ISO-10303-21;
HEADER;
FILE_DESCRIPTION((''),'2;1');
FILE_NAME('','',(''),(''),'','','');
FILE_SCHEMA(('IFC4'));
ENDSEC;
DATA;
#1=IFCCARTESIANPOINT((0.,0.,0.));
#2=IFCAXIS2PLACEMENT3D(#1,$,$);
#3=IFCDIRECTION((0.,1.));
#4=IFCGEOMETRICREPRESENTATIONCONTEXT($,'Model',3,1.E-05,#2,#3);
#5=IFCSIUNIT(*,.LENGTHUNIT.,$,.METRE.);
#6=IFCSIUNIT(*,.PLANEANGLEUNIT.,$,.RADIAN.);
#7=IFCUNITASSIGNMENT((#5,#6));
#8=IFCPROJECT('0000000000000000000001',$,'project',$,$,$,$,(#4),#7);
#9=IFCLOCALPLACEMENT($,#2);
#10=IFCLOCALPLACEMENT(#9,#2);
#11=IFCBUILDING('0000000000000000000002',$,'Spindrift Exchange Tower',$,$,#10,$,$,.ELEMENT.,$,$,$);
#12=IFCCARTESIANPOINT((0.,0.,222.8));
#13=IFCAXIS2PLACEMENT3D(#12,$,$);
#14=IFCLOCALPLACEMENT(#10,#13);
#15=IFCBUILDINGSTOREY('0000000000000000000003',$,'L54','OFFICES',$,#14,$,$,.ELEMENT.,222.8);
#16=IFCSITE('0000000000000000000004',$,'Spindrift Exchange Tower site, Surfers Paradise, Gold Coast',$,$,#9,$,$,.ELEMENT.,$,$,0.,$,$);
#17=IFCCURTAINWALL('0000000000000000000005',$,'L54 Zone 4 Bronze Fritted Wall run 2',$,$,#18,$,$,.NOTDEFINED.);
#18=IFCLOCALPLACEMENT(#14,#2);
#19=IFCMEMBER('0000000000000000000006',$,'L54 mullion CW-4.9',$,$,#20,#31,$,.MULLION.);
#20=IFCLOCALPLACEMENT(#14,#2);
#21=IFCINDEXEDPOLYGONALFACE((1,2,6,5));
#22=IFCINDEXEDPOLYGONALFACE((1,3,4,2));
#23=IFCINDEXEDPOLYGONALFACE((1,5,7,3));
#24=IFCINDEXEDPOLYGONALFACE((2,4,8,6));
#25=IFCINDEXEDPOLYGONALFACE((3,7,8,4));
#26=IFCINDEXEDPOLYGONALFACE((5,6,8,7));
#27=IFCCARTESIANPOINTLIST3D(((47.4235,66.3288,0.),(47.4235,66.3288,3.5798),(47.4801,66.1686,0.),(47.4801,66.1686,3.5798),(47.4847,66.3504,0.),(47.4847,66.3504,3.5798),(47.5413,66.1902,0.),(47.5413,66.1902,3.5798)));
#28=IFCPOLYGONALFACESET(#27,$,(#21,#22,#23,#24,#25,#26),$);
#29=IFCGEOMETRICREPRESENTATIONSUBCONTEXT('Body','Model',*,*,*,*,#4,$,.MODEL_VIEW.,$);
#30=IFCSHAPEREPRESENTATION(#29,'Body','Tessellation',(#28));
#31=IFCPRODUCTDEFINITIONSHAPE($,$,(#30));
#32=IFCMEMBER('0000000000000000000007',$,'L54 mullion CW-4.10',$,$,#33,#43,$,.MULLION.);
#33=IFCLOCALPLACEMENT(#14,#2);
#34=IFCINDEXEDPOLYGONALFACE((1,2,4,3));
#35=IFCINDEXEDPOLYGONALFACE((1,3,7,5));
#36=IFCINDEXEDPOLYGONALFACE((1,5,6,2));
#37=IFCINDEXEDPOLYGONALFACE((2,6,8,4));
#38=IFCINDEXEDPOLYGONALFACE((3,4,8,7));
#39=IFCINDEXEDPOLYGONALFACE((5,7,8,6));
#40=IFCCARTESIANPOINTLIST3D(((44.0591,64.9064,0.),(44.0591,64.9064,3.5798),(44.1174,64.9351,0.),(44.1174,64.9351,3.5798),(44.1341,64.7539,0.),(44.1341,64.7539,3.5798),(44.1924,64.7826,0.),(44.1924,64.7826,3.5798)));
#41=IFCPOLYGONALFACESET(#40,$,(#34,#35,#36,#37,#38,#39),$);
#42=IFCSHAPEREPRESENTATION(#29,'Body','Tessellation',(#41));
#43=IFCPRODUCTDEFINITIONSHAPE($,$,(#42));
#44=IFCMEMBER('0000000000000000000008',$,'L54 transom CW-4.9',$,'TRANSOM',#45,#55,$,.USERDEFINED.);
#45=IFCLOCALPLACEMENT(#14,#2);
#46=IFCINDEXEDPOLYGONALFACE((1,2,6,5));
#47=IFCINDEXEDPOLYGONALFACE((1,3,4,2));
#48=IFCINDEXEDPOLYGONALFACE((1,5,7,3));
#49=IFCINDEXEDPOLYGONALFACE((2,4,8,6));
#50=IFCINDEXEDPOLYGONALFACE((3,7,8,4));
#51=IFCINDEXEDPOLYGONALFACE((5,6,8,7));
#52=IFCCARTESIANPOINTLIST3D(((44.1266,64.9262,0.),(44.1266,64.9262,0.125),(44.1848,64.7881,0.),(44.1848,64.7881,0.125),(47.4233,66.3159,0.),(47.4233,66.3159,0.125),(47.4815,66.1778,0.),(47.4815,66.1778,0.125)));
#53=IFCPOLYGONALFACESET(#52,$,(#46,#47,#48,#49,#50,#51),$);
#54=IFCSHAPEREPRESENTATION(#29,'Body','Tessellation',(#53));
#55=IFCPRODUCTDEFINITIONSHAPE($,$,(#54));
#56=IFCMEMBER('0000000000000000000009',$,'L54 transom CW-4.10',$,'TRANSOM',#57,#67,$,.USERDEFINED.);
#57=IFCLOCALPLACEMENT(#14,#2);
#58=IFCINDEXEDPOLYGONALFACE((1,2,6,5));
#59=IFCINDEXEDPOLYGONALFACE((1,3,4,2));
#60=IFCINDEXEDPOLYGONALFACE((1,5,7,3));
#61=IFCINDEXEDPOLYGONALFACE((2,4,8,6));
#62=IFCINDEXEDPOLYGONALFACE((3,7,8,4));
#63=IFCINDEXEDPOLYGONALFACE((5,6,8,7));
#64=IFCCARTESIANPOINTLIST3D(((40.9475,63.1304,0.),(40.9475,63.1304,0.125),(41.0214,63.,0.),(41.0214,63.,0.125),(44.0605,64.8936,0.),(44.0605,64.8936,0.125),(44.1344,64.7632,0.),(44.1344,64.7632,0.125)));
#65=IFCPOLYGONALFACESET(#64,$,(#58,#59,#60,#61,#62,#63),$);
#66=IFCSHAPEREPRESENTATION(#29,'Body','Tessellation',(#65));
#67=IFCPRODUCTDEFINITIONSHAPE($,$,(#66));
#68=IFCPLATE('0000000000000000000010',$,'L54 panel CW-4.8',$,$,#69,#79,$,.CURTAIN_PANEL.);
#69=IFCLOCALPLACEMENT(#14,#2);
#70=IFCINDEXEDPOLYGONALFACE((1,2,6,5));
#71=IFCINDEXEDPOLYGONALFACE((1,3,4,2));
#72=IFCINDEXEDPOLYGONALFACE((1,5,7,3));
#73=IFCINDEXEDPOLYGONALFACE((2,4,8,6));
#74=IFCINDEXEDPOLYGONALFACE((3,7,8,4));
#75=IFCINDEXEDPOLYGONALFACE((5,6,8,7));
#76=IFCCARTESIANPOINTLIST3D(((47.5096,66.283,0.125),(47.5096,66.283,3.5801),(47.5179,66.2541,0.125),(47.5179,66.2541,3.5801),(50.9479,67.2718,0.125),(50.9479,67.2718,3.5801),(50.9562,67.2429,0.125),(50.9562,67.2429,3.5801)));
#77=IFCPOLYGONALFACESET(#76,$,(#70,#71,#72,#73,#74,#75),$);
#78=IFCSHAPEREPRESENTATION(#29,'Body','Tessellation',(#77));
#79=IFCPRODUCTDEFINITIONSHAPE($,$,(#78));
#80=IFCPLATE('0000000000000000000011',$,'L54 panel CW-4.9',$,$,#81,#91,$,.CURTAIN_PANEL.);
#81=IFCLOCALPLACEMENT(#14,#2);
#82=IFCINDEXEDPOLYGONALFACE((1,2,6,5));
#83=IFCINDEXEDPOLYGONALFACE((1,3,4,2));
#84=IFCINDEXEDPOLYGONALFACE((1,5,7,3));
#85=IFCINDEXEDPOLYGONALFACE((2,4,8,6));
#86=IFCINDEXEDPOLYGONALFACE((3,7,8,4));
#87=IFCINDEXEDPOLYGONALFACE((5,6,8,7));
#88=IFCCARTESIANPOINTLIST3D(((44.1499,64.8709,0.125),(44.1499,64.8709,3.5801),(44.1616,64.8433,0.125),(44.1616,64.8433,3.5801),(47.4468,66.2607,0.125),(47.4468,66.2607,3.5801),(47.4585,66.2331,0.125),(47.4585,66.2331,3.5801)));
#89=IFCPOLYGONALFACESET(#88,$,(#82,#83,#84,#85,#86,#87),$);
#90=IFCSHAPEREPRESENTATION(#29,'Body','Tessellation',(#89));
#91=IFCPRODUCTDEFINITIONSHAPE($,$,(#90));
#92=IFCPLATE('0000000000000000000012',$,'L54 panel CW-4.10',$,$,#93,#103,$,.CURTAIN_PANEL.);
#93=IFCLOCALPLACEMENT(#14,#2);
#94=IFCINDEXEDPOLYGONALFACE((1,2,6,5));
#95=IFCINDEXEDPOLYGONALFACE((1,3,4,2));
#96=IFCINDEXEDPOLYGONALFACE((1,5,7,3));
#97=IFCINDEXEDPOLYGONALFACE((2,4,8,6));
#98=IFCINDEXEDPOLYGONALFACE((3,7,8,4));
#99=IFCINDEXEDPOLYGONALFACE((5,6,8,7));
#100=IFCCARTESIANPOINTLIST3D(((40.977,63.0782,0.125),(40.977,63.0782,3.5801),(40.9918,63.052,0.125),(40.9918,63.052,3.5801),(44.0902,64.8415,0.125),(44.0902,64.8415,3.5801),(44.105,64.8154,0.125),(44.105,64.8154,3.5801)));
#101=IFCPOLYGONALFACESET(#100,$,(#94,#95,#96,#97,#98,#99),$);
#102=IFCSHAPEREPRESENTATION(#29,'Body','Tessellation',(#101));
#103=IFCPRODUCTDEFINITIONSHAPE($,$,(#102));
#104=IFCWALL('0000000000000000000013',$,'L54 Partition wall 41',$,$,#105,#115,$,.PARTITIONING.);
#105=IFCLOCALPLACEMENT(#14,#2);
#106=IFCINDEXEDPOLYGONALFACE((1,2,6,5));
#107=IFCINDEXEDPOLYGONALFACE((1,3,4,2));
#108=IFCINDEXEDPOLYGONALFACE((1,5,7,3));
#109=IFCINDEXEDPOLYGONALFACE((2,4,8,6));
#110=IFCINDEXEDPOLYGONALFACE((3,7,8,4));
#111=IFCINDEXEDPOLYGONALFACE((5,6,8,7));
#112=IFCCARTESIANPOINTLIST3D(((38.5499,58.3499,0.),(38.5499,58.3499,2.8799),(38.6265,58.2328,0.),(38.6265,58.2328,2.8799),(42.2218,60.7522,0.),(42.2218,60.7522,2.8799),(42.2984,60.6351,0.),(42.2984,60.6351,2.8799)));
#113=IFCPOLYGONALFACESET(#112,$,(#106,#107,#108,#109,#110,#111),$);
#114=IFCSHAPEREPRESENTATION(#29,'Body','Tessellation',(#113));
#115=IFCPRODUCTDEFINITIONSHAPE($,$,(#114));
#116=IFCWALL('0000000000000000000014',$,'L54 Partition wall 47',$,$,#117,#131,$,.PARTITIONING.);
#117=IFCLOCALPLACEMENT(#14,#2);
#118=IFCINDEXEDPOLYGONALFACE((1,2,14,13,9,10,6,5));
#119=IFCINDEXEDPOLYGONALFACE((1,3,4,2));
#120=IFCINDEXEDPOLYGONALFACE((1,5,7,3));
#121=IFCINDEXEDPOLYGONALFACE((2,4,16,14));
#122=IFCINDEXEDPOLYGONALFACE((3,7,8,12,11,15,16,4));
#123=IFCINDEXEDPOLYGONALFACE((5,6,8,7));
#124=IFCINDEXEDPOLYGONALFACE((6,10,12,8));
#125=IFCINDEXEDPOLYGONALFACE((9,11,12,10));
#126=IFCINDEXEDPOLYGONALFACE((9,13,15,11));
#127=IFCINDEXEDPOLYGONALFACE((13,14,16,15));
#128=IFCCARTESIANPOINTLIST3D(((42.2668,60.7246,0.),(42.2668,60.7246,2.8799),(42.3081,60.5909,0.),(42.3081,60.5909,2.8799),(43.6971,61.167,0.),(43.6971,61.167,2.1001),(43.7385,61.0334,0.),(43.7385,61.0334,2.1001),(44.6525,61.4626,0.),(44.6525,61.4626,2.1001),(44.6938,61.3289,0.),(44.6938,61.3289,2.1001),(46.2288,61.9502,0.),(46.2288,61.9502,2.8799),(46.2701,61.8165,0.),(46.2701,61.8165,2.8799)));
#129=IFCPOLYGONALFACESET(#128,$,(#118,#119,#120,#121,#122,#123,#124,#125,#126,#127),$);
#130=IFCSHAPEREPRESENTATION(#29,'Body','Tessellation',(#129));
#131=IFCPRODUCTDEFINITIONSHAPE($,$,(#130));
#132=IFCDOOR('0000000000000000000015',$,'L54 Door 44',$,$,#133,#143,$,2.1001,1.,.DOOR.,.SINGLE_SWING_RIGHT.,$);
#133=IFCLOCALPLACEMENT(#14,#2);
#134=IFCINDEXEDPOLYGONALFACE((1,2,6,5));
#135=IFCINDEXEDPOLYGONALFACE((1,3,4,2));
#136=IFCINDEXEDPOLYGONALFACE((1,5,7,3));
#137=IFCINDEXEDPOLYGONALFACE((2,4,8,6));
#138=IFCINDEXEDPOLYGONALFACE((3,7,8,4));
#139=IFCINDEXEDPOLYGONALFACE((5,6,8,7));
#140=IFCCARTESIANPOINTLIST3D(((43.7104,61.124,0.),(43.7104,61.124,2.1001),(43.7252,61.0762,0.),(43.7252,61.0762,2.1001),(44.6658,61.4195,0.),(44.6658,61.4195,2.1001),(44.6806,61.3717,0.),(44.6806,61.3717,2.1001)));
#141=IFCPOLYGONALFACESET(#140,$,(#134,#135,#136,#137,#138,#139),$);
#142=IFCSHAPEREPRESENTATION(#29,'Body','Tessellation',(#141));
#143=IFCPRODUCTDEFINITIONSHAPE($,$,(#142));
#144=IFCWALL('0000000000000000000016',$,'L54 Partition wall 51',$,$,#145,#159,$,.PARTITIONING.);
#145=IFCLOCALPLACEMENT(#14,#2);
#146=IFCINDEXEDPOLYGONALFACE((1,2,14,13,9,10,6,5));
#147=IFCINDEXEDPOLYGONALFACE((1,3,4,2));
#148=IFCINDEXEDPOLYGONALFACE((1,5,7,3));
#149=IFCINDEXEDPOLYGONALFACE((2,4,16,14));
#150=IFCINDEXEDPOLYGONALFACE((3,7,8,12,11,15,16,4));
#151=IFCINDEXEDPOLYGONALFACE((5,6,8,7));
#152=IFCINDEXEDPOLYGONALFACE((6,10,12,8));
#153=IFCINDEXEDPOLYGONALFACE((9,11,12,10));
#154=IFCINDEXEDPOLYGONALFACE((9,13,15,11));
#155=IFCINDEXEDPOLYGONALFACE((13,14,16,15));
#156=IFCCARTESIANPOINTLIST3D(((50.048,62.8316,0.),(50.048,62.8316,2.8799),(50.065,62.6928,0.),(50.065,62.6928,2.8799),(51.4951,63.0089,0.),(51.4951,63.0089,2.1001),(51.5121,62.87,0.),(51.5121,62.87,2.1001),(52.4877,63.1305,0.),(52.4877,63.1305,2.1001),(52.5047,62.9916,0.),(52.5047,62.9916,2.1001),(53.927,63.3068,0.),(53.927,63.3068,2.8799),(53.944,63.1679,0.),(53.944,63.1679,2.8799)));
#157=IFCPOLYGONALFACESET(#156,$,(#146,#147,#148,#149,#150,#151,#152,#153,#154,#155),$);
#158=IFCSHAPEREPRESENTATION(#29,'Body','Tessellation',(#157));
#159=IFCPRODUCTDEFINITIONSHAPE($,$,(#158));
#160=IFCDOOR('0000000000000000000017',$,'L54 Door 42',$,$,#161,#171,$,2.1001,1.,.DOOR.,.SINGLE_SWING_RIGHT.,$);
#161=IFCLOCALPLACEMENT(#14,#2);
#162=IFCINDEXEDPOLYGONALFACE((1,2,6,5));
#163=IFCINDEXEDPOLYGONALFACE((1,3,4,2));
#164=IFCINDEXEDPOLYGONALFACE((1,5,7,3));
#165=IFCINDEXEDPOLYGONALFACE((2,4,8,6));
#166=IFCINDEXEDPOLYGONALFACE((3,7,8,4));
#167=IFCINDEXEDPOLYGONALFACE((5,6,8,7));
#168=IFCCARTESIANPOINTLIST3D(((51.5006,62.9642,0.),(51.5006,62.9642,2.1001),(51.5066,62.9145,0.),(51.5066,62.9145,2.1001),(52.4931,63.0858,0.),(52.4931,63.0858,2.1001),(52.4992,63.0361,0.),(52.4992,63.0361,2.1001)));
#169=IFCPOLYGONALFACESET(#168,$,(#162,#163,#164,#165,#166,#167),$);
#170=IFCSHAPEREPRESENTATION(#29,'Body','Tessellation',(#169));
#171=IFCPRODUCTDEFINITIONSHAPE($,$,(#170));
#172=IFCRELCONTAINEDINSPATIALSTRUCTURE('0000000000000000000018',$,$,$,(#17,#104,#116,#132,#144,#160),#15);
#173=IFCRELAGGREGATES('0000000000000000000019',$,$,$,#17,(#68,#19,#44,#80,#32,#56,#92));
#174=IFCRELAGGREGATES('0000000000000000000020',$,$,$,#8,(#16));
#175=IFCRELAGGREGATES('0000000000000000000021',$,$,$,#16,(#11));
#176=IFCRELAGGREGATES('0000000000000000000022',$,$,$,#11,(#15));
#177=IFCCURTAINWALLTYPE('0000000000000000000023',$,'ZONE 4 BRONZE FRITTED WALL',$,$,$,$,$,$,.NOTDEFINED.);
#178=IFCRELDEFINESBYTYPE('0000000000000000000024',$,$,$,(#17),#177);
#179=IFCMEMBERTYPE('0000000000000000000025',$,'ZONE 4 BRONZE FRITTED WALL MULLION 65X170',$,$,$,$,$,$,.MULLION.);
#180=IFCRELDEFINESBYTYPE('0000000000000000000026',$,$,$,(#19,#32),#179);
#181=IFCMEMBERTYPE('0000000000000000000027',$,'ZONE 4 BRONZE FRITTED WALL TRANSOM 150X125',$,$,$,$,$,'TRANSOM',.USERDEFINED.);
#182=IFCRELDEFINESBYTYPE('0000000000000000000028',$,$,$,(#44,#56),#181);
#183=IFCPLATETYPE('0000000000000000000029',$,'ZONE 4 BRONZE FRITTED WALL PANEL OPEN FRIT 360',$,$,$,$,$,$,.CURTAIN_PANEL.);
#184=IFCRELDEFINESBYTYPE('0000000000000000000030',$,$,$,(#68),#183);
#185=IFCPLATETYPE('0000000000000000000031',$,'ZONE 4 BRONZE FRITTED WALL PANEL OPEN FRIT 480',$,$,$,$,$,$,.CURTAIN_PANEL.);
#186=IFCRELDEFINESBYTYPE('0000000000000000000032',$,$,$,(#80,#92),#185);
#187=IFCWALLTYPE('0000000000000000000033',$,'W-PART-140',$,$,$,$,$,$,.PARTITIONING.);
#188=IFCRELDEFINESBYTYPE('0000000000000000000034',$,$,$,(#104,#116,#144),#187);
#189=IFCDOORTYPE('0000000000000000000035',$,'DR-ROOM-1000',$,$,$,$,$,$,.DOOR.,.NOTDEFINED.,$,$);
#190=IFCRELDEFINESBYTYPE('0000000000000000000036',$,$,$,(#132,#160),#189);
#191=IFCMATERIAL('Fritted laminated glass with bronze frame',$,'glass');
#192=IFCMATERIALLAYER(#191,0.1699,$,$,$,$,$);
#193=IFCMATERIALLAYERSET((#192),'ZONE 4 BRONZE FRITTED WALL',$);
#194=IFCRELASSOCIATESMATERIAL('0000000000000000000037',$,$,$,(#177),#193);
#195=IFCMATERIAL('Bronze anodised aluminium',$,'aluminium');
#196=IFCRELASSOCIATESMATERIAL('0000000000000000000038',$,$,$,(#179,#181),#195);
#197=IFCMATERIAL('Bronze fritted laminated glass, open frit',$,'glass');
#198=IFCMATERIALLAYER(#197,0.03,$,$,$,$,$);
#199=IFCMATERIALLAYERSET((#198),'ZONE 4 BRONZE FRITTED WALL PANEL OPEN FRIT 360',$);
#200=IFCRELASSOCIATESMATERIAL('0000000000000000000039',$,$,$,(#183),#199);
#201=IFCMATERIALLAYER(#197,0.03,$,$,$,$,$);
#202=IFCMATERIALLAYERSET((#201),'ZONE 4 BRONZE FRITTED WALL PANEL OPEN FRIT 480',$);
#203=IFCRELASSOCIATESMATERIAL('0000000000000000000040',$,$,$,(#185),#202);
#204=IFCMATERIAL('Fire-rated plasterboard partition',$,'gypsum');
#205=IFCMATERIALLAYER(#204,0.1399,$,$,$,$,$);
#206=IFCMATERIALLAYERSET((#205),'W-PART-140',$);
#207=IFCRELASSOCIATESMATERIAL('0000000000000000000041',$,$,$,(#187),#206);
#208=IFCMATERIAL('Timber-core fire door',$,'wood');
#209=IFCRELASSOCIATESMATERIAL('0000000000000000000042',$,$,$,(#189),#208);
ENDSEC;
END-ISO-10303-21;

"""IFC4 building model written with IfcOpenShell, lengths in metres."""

from ifc_helpers import new_model, si_unit, direction, frame, frame_2d, origin, origin_2d, place, context, subcontext, project, spatial, rectangle, extrude, source, transform, mapped, material, layer, layer_set, material_profile, profile_set, type_object, element, fill, aggregate, save


model = new_model("IFC4")

# Units and contexts
model_context = context("Model", 3, precision=1e-05, world=origin(), true_north=direction((0.0, 1.0)))
body_context = subcontext(model_context, "Body", "Model", "MODEL_VIEW")
ifc_project = project(units=[si_unit("LENGTHUNIT", "METRE"), si_unit("PLANEANGLEUNIT", "RADIAN")], contexts=[model_context])

# Site, building, storey
site_placement = place(None, origin())
site = spatial("IfcSite", under=ifc_project, at=site_placement, Name="Spindrift Exchange Tower site, Surfers Paradise, Gold Coast", CompositionType="ELEMENT", RefElevation=0.0)
building_placement = place(site_placement, origin())
building = spatial("IfcBuilding", under=site, at=building_placement, Name="Spindrift Exchange Tower", CompositionType="ELEMENT")
storey_placement = place(building_placement, frame((0.0, 0.0, 222.8)))
storey = spatial("IfcBuildingStorey", under=building, at=storey_placement, Name="L54", Description="OFFICES", CompositionType="ELEMENT", Elevation=222.8)

# Curtain wall, members, plates
ifc_material_1 = material(Name="Fritted laminated glass with bronze frame", Category="glass")
ifc_layer_1 = layer(ifc_material_1, 0.1699)
ifc_layer_set_1 = layer_set([ifc_layer_1], Name="ZONE 4 BRONZE FRITTED WALL")
curtain_wall_type = type_object("IfcCurtainWallType", Name="ZONE 4 BRONZE FRITTED WALL", PredefinedType="NOTDEFINED", material=ifc_layer_set_1)
curtain_wall_placement = place(storey_placement, origin())
curtain_wall = element("IfcCurtainWall", 1, at=curtain_wall_placement, inside=storey, type_object=curtain_wall_type, Name="L54 Zone 4 Bronze Fritted Wall run 2", PredefinedType="NOTDEFINED")
ifc_material_2 = material(Name="Bronze anodised aluminium", Category="aluminium")
ifc_material_profile_1 = material_profile(ifc_material_2, rectangle(XDim=0.0649, YDim=0.1699, at=origin_2d()), Name="ZONE 4 BRONZE FRITTED WALL MULLION 65X170")
ifc_profile_set_1 = profile_set([ifc_material_profile_1], Name="Bronze anodised aluminium")
member_type_1 = type_object("IfcMemberType", Name="ZONE 4 BRONZE FRITTED WALL MULLION 65X170", PredefinedType="MULLION", material=ifc_profile_set_1)
shared_shape_1 = source(origin(), body_context, "Body", "SweptSolid", [
    extrude(rectangle(XDim=0.0649, YDim=0.1699, at=origin_2d()), origin(), (0.0, 0.0, 1.0), 3.5798),
])
member_1_placement = place(storey_placement, frame((47.4824, 66.2595, 0.0), z_axis=(0.0, 0.0, 1.0), x_axis=(-0.942925, -0.333004, 0.0)))
member_1 = element("IfcMember", 2, at=member_1_placement, type_object=member_type_1, Name="L54 mullion CW-4.9", PredefinedType="MULLION", context=body_context, shape_type="MappedRepresentation", body=[
    mapped(shared_shape_1, transform((0.0, 0.0, 0.0), scale=1.0)),
])
member_2_placement = place(storey_placement, frame((44.1257, 64.8445, 0.0), z_axis=(0.0, 0.0, 1.0), x_axis=(-0.897313, -0.441396, 0.0)))
member_2 = element("IfcMember", 3, at=member_2_placement, type_object=member_type_1, Name="L54 mullion CW-4.10", PredefinedType="MULLION", context=body_context, shape_type="MappedRepresentation", body=[
    mapped(shared_shape_1, transform((0.0, 0.0, 0.0), scale=1.0)),
])
ifc_material_profile_2 = material_profile(ifc_material_2, rectangle(XDim=0.1499, YDim=0.125, at=origin_2d()), Name="ZONE 4 BRONZE FRITTED WALL TRANSOM 150X125")
ifc_profile_set_2 = profile_set([ifc_material_profile_2], Name="Bronze anodised aluminium")
member_type_2 = type_object("IfcMemberType", Name="ZONE 4 BRONZE FRITTED WALL TRANSOM 150X125", ElementType="TRANSOM", PredefinedType="USERDEFINED", material=ifc_profile_set_2)
shared_shape_2 = source(origin(), body_context, "Body", "SweptSolid", [
    extrude(rectangle(XDim=0.1499, YDim=0.125, at=origin_2d()), origin(), (0.0, 0.0, 1.0), 3.5776),
])
member_3_placement = place(storey_placement, frame((47.4524, 66.2468, 0.0625), z_axis=(-0.921476, -0.388435, 0.0), x_axis=(0.388435, -0.921476, 0.0)))
member_3 = element("IfcMember", 4, at=member_3_placement, type_object=member_type_2, Name="L54 transom CW-4.9", ObjectType="TRANSOM", PredefinedType="USERDEFINED", context=body_context, shape_type="MappedRepresentation", body=[
    mapped(shared_shape_2, transform((0.0, 0.0, 0.0), scale=1.0)),
])
member_4_placement = place(storey_placement, frame((44.0974, 64.8284, 0.0625), z_axis=(-0.870127, -0.492828, 0.0), x_axis=(0.492828, -0.870127, 0.0)))
member_4 = element("IfcMember", 5, at=member_4_placement, type_object=member_type_2, Name="L54 transom CW-4.10", ObjectType="TRANSOM", PredefinedType="USERDEFINED", context=body_context, shape_type="MappedRepresentation", body=[
    mapped(shared_shape_2, transform((0.0, 0.0, 0.0), scale=1.0)),
])
ifc_material_3 = material(Name="Bronze fritted laminated glass, open frit", Category="glass")
ifc_layer_2 = layer(ifc_material_3, 0.03)
ifc_layer_set_2 = layer_set([ifc_layer_2], Name="ZONE 4 BRONZE FRITTED WALL PANEL OPEN FRIT 360")
plate_type_1 = type_object("IfcPlateType", Name="ZONE 4 BRONZE FRITTED WALL PANEL OPEN FRIT 360", PredefinedType="CURTAIN_PANEL", material=ifc_layer_set_2)
shared_shape_3 = source(origin(), body_context, "Body", "SweptSolid", [
    extrude(rectangle(XDim=3.5776, YDim=0.03, at=origin_2d()), origin(), (0.0, 0.0, 1.0), 3.4551),
])
plate_1_placement = place(storey_placement, frame((49.2329, 66.7629, 0.125), z_axis=(0.0, 0.0, 1.0), x_axis=(-0.961046, -0.276389, 0.0)))
plate_1 = element("IfcPlate", 6, at=plate_1_placement, type_object=plate_type_1, Name="L54 panel CW-4.8", PredefinedType="CURTAIN_PANEL", context=body_context, shape_type="MappedRepresentation", body=[
    mapped(shared_shape_3, transform((0.0, 0.0, 0.0), scale=1.0)),
])
ifc_layer_3 = layer(ifc_material_3, 0.03)
ifc_layer_set_3 = layer_set([ifc_layer_3], Name="ZONE 4 BRONZE FRITTED WALL PANEL OPEN FRIT 480")
plate_type_2 = type_object("IfcPlateType", Name="ZONE 4 BRONZE FRITTED WALL PANEL OPEN FRIT 480", PredefinedType="CURTAIN_PANEL", material=ifc_layer_set_3)
shared_shape_4 = source(origin(), body_context, "Body", "SweptSolid", [
    extrude(rectangle(XDim=3.5779, YDim=0.03, at=origin_2d()), origin(), (0.0, 0.0, 1.0), 3.4551),
])
plate_2_placement = place(storey_placement, frame((45.8042, 65.552, 0.125), z_axis=(0.0, 0.0, 1.0), x_axis=(-0.921473, -0.388442, 0.0)))
plate_2 = element("IfcPlate", 7, at=plate_2_placement, type_object=plate_type_2, Name="L54 panel CW-4.9", PredefinedType="CURTAIN_PANEL", context=body_context, shape_type="MappedRepresentation", body=[
    mapped(shared_shape_4, transform((0.0, 0.0, 0.0), scale=1.0)),
])
plate_3_placement = place(storey_placement, frame((42.541, 63.9468, 0.125), z_axis=(0.0, 0.0, 1.0), x_axis=(-0.870112, -0.492853, 0.0)))
plate_3 = element("IfcPlate", 8, at=plate_3_placement, type_object=plate_type_2, Name="L54 panel CW-4.10", PredefinedType="CURTAIN_PANEL", context=body_context, shape_type="MappedRepresentation", body=[
    mapped(shared_shape_4, transform((0.0, 0.0, 0.0), scale=1.0)),
])
aggregate(curtain_wall, [plate_1, member_1, member_3, plate_2, member_2, member_4, plate_3])

# Wall
ifc_material_4 = material(Name="Fire-rated plasterboard partition", Category="gypsum")
ifc_layer_4 = layer(ifc_material_4, 0.1399)
ifc_layer_set_4 = layer_set([ifc_layer_4], Name="W-PART-140")
wall_type = type_object("IfcWallType", Name="W-PART-140", PredefinedType="PARTITIONING", material=ifc_layer_set_4)
wall_1_placement = place(storey_placement, frame((42.26, 60.6936, 0.0), z_axis=(0.0, 0.0, 1.0), x_axis=(-0.836813, -0.547489, 0.0)))
element("IfcWall", 9, at=wall_1_placement, inside=storey, type_object=wall_type, Name="L54 Partition wall 41", PredefinedType="PARTITIONING", context=body_context, shape_type="SweptSolid", body=[
    extrude(rectangle(XDim=4.3879, YDim=0.1399, at=frame_2d((2.1938, 0.0))), origin(), (0.0, 0.0, 1.0), 2.8799),
])

# Walls, openings, doors
wall_2_placement = place(storey_placement, frame((42.2874, 60.6577, 0.0), z_axis=(0.0, 0.0, 1.0), x_axis=(0.955335, 0.295525, 0.0)))
wall_2 = element("IfcWall", 10, at=wall_2_placement, inside=storey, type_object=wall_type, Name="L54 Partition wall 47", PredefinedType="PARTITIONING", context=body_context, shape_type="SweptSolid", body=[
    extrude(rectangle(XDim=4.1472, YDim=0.1399, at=frame_2d((2.0737, 0.0))), origin(), (0.0, 0.0, 1.0), 2.8799),
])
opening_1_placement = place(wall_2_placement, frame((1.4973, 0.0, 0.0)))
opening_1 = element("IfcOpeningElement", 11, at=opening_1_placement, cuts=wall_2, PredefinedType="OPENING", context=body_context, shape_type="SweptSolid", body=[
    extrude(rectangle(XDim=1.0, YDim=2.1001, at=frame_2d((0.5, 1.05))), frame((0.0, 0.0798, 0.0), z_axis=(0.0, -1.0, 0.0), x_axis=(1.0, 0.0, 0.0)), (0.0, 0.0, 1.0), 0.1599),
])
ifc_material_5 = material(Name="Timber-core fire door", Category="wood")
door_type = type_object("IfcDoorType", Name="DR-ROOM-1000", OperationType="NOTDEFINED", PredefinedType="DOOR", material=ifc_material_5)
shared_shape_5 = source(origin(), body_context, "Body", "SweptSolid", [
    extrude(rectangle(XDim=1.0, YDim=2.1001, at=frame_2d((0.5, 1.05))), frame((0.0, 0.0249, 0.0), z_axis=(0.0, -1.0, 0.0), x_axis=(1.0, 0.0, 0.0)), (0.0, 0.0, 1.0), 0.05),
])
door_1_placement = place(opening_1_placement, origin())
door_1 = element("IfcDoor", 12, at=door_1_placement, inside=storey, type_object=door_type, Name="L54 Door 44", OperationType="SINGLE_SWING_RIGHT", OverallHeight=2.1001, OverallWidth=1.0, PredefinedType="DOOR", context=body_context, shape_type="MappedRepresentation", body=[
    mapped(shared_shape_5, transform((0.0, 0.0, 0.0), scale=1.0)),
])
fill(opening_1, door_1)
wall_3_placement = place(storey_placement, frame((50.0564, 62.7622, 0.0), z_axis=(0.0, 0.0, 1.0), x_axis=(0.992582, 0.121574, 0.0)))
wall_3 = element("IfcWall", 13, at=wall_3_placement, inside=storey, type_object=wall_type, Name="L54 Partition wall 51", PredefinedType="PARTITIONING", context=body_context, shape_type="SweptSolid", body=[
    extrude(rectangle(XDim=3.908, YDim=0.1399, at=frame_2d((1.9541, 0.0))), origin(), (0.0, 0.0, 1.0), 2.8799),
])
opening_2_placement = place(wall_3_placement, frame((1.458, 0.0, 0.0)))
opening_2 = element("IfcOpeningElement", 14, at=opening_2_placement, cuts=wall_3, PredefinedType="OPENING", context=body_context, shape_type="SweptSolid", body=[
    extrude(rectangle(XDim=1.0, YDim=2.1001, at=frame_2d((0.5, 1.05))), frame((0.0, 0.0798, 0.0), z_axis=(0.0, -1.0, 0.0), x_axis=(1.0, 0.0, 0.0)), (0.0, 0.0, 1.0), 0.1599),
])
door_2_placement = place(opening_2_placement, origin())
door_2 = element("IfcDoor", 15, at=door_2_placement, inside=storey, type_object=door_type, Name="L54 Door 42", OperationType="SINGLE_SWING_RIGHT", OverallHeight=2.1001, OverallWidth=1.0, PredefinedType="DOOR", context=body_context, shape_type="MappedRepresentation", body=[
    mapped(shared_shape_5, transform((0.0, 0.0, 0.0), scale=1.0)),
])
fill(opening_2, door_2)

save(model, "model.ifc")
